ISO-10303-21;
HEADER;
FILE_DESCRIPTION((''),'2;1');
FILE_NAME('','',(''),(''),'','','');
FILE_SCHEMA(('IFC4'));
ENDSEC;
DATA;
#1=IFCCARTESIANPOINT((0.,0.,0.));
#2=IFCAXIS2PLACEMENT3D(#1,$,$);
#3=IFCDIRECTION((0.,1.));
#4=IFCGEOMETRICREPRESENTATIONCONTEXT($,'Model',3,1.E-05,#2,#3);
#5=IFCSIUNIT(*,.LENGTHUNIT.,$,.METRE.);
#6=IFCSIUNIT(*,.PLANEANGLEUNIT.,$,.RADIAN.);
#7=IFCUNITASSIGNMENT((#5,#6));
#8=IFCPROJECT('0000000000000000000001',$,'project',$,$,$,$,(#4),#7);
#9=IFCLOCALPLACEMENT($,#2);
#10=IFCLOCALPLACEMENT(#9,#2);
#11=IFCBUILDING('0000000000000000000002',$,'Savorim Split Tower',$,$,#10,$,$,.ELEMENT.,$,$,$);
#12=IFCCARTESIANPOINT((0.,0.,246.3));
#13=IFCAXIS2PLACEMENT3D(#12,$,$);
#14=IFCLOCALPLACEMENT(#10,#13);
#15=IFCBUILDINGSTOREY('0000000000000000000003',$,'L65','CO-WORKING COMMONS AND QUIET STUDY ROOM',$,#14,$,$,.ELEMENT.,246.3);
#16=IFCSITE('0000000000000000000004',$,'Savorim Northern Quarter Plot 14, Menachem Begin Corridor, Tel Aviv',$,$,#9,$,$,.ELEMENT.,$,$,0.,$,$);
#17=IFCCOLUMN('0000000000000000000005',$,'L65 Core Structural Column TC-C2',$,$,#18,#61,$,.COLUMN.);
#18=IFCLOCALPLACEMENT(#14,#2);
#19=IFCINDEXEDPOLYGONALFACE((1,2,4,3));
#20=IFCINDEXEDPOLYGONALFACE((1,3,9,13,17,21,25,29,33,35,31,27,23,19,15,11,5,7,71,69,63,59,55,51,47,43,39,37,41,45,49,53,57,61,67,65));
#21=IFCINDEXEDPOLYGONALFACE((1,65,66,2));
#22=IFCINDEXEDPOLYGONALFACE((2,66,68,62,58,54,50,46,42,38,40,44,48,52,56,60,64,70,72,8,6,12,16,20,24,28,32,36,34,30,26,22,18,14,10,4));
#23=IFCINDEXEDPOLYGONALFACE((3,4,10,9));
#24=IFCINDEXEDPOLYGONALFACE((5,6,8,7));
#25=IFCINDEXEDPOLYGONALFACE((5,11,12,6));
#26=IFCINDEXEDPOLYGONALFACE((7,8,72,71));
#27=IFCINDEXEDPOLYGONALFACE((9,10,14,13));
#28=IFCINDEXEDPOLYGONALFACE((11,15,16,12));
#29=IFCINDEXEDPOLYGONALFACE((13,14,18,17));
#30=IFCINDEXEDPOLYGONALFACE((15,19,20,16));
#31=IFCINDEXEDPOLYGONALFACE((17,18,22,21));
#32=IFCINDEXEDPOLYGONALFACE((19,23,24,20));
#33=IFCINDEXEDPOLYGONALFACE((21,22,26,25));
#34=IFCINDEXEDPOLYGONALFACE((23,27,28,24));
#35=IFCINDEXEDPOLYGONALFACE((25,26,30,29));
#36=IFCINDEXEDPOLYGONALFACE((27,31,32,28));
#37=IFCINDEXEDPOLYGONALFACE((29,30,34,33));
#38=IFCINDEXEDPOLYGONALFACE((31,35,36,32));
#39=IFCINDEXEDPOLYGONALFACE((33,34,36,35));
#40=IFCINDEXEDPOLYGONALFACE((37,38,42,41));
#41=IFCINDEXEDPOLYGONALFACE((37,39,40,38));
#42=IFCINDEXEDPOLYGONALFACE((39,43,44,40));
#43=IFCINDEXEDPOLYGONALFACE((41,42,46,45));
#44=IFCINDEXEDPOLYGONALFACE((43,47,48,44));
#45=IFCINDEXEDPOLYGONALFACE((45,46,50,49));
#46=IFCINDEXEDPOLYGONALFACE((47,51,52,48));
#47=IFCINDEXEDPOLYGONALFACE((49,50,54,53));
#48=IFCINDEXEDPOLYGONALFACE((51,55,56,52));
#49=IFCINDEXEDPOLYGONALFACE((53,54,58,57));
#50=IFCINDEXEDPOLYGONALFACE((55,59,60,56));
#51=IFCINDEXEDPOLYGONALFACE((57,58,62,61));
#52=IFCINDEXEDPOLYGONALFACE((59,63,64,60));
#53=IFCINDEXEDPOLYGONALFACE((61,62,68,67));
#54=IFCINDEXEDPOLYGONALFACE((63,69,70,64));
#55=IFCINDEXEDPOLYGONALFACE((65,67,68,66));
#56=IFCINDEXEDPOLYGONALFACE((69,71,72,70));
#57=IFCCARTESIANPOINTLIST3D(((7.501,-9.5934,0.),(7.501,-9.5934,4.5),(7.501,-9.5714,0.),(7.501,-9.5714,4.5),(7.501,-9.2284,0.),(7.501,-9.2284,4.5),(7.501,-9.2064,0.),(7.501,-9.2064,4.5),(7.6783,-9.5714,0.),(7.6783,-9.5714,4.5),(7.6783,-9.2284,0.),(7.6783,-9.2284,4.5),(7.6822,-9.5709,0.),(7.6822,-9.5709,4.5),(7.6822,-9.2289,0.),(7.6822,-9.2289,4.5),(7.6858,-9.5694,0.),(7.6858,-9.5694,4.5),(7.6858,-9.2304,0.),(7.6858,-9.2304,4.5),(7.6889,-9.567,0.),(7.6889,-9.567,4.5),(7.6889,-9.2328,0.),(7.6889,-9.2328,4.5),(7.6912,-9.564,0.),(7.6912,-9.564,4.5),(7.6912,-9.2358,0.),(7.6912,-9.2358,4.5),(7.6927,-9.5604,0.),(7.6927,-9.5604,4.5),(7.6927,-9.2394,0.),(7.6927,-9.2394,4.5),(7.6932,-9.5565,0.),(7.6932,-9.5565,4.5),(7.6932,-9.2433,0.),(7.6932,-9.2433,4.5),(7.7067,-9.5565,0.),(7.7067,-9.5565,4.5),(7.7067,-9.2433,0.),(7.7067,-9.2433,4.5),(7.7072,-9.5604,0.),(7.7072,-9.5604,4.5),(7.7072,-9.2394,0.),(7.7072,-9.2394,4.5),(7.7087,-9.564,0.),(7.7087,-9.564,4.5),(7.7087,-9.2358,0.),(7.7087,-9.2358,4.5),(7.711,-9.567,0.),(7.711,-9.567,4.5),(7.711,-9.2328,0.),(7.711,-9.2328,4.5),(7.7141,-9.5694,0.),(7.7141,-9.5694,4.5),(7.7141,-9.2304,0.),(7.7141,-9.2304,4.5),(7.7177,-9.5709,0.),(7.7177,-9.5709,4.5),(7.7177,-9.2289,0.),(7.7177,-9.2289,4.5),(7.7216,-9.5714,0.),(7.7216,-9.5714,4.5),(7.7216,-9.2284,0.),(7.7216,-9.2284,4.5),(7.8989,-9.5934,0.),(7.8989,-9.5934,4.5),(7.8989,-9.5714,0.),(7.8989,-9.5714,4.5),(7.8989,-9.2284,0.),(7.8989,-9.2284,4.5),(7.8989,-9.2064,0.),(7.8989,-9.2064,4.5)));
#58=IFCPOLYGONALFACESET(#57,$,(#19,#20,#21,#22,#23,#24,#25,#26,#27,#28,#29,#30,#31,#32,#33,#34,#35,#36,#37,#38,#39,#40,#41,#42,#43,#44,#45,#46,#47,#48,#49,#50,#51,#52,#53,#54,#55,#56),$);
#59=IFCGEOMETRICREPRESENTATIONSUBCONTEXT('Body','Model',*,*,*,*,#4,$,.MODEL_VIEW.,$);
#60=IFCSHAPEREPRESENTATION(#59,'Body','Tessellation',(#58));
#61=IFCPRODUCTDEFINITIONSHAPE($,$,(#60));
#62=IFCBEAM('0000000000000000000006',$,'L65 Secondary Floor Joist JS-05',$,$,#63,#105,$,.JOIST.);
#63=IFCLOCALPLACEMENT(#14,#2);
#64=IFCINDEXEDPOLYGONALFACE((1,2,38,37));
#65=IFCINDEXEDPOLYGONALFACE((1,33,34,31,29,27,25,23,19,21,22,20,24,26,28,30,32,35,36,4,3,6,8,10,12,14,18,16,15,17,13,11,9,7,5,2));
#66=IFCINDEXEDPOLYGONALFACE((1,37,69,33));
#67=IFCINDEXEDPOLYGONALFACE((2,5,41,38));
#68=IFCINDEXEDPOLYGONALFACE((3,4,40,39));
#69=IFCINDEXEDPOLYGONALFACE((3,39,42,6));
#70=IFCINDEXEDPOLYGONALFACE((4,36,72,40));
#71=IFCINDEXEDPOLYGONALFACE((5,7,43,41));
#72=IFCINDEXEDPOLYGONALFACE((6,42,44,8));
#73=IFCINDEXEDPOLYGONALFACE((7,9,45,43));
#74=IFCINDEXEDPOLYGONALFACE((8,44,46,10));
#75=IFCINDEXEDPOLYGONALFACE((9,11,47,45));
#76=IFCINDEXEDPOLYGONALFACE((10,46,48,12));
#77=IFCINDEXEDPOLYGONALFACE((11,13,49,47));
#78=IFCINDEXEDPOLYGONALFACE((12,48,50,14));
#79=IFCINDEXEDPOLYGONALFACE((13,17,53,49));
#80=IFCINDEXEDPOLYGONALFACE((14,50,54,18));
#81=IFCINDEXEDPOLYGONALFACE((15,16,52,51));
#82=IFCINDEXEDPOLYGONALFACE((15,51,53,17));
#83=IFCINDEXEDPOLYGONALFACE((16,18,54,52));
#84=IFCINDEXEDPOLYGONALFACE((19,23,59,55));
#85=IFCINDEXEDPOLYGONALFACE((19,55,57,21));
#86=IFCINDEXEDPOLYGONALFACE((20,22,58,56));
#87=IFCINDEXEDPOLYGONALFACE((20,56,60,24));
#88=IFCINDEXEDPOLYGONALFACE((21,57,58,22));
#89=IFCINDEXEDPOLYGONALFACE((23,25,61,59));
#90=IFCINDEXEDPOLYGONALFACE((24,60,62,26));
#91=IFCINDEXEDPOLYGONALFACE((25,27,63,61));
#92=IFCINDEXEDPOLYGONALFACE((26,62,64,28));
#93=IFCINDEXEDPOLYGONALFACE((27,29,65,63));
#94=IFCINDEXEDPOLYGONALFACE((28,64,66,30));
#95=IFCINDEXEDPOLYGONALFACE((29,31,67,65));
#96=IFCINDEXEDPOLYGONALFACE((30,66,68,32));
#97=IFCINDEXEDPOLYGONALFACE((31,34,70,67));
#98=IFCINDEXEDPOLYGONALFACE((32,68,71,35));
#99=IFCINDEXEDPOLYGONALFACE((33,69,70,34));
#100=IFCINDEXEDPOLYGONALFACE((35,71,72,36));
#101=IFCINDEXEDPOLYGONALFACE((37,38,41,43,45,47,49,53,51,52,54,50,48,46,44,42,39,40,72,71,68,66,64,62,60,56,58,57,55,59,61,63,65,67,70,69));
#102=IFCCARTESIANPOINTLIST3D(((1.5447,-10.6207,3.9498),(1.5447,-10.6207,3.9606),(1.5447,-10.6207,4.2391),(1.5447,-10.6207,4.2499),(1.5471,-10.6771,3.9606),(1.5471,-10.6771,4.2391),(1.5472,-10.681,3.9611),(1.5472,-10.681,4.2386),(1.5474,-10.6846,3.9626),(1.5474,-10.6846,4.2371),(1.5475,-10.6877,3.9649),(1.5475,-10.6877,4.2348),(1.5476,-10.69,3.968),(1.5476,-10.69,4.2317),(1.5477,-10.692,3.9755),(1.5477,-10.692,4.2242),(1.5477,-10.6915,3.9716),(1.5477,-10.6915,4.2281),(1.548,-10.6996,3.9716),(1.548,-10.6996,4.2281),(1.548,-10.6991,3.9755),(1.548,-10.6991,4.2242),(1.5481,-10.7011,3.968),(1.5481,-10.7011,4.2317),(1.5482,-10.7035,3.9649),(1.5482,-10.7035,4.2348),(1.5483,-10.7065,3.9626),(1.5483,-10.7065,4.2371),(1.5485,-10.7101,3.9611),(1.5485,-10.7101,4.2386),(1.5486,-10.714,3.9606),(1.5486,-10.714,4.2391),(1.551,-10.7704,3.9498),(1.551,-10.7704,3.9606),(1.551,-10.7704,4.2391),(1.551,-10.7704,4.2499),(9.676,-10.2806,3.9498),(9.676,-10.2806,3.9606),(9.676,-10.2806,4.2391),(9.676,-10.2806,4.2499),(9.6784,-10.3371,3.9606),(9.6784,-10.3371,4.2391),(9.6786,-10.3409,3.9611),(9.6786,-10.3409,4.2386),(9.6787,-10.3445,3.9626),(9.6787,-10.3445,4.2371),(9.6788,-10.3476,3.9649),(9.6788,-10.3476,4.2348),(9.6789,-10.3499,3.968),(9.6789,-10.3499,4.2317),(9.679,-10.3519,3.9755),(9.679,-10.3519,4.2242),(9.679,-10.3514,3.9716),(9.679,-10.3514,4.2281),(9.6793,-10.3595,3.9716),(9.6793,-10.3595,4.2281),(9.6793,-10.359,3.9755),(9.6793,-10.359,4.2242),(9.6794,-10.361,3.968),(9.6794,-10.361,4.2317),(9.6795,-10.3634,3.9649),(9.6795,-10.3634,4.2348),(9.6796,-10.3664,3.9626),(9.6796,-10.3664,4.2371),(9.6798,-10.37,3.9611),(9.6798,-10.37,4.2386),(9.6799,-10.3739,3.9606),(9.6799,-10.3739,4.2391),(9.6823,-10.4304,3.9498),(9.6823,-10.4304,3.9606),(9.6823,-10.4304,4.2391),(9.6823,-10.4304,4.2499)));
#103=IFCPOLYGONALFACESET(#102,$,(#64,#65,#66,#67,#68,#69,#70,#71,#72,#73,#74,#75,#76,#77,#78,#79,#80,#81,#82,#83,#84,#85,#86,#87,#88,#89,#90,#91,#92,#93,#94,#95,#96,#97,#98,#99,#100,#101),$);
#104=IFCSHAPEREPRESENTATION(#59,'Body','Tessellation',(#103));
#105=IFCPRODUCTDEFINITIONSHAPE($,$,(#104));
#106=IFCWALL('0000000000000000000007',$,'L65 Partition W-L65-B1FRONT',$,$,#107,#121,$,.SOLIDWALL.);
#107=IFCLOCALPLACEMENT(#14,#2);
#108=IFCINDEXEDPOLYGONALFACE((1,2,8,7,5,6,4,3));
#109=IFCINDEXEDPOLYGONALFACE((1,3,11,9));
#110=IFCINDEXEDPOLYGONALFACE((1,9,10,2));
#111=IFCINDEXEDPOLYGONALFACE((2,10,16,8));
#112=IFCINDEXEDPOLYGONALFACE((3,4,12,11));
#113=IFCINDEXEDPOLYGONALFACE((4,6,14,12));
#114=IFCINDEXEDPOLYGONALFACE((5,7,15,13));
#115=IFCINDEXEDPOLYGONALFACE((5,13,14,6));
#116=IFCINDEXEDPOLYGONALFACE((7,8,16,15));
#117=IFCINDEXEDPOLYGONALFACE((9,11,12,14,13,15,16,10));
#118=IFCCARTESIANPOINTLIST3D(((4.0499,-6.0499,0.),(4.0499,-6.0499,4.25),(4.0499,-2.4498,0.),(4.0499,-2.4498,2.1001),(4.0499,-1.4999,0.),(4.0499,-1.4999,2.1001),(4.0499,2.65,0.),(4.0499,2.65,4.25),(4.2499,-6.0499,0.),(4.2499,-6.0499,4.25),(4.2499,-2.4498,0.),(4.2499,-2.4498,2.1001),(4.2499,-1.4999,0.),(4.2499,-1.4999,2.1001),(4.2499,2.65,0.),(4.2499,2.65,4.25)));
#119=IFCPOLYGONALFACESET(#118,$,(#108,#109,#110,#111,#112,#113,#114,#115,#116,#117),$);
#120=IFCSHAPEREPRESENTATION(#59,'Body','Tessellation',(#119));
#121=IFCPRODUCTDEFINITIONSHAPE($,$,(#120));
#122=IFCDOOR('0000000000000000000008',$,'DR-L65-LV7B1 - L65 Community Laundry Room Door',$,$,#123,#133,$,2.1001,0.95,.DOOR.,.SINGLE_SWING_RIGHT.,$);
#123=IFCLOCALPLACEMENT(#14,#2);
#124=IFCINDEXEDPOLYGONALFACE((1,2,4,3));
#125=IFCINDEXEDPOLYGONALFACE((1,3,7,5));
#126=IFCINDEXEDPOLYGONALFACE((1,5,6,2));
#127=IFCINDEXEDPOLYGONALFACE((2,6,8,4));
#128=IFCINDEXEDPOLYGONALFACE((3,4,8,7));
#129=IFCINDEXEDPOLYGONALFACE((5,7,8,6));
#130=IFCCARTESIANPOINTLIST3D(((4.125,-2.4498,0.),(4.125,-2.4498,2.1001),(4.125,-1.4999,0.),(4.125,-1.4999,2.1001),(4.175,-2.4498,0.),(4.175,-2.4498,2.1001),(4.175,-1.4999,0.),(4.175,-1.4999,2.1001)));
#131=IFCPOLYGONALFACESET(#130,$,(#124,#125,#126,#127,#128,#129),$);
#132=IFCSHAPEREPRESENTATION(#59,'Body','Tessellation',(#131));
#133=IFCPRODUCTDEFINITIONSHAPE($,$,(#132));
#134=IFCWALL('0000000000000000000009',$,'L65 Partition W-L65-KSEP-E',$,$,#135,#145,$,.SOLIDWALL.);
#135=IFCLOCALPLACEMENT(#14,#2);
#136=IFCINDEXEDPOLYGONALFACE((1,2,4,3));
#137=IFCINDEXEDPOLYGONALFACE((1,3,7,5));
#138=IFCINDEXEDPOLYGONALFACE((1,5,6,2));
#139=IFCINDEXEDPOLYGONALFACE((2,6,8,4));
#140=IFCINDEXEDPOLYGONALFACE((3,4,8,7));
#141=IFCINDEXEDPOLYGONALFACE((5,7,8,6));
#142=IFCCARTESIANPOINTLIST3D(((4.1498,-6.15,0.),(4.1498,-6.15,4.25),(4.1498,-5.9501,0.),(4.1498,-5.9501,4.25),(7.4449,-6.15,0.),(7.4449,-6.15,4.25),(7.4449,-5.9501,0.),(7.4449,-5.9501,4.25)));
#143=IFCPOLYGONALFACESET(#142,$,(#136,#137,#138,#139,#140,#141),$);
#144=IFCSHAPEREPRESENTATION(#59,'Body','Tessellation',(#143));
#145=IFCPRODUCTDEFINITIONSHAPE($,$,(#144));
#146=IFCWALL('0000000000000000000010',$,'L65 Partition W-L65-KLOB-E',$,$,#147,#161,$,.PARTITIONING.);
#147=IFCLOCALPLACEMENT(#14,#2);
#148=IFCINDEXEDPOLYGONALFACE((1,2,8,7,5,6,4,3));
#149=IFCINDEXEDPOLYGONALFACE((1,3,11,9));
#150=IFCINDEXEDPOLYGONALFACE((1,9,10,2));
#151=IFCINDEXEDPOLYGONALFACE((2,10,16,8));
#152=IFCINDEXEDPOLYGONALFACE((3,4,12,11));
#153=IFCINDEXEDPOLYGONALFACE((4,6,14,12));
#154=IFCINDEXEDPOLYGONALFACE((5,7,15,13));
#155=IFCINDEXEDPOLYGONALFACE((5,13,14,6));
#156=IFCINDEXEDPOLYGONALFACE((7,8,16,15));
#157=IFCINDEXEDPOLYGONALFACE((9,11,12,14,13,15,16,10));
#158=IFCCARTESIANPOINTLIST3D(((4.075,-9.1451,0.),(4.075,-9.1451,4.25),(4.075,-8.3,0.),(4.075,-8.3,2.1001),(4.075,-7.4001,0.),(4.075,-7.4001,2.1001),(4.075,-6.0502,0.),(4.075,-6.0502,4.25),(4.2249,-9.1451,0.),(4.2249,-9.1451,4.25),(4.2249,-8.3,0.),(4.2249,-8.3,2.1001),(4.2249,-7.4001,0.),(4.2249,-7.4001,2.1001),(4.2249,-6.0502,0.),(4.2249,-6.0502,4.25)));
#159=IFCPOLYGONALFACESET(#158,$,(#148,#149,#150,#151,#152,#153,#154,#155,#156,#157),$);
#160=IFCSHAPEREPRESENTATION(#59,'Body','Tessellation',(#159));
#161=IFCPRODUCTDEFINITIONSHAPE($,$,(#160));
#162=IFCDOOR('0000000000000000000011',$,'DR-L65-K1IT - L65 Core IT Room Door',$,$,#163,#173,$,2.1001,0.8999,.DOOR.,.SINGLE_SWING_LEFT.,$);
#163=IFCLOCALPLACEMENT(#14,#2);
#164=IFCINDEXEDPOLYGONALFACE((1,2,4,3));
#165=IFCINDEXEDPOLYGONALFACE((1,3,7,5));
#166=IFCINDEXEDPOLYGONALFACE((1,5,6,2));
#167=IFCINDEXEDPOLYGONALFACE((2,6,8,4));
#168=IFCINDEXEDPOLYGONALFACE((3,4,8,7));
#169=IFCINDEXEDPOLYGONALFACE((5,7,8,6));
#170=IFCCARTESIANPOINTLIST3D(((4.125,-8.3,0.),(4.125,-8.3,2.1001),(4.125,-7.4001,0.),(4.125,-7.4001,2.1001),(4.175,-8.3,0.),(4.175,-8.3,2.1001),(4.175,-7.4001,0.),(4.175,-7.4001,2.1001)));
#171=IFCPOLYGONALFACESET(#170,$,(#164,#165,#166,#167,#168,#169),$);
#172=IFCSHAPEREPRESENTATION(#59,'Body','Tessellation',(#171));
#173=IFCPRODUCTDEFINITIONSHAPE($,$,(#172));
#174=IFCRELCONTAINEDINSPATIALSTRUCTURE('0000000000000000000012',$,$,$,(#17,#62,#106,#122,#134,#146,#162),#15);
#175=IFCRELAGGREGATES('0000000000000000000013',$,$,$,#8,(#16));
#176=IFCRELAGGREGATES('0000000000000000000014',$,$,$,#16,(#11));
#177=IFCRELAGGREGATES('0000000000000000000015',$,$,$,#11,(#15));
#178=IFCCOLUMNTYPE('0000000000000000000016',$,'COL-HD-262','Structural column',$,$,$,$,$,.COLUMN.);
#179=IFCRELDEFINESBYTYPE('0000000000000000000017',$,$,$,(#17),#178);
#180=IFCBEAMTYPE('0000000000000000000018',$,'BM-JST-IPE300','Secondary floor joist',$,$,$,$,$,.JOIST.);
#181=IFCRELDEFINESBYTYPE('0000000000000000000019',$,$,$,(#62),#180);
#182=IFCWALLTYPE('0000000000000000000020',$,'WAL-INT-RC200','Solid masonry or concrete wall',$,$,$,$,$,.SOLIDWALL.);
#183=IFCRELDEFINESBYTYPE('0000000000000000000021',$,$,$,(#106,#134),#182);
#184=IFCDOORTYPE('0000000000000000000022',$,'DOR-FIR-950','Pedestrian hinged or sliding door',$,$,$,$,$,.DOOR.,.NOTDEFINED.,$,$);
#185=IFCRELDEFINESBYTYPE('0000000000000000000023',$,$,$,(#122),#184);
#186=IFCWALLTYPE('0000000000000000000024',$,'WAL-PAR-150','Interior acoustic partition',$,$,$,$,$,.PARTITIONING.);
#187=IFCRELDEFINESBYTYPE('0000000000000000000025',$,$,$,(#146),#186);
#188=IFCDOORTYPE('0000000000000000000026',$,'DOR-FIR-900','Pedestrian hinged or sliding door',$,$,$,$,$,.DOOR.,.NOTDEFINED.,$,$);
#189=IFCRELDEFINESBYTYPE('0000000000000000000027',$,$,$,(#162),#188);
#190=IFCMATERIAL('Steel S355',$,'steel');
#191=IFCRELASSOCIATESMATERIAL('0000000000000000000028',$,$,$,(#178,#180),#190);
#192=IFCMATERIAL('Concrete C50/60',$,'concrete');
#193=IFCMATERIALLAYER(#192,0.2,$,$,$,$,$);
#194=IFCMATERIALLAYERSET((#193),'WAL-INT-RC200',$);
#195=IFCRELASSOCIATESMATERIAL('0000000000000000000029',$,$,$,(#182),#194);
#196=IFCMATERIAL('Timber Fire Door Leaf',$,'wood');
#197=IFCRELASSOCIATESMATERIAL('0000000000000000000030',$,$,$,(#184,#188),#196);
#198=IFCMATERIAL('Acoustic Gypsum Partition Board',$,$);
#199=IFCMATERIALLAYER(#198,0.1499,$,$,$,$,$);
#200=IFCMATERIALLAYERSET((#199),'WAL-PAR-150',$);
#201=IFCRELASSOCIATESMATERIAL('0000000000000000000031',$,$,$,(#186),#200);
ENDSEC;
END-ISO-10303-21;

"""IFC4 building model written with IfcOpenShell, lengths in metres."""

from ifc_helpers import new_model, si_unit, direction, frame, frame_2d, origin, origin_2d, place, context, subcontext, project, spatial, rectangle, i_section, extrude, material, layer, layer_set, material_profile, profile_set, type_object, element, fill, save


model = new_model("IFC4")

# Units and contexts
model_context = context("Model", 3, precision=1e-05, world=origin(), true_north=direction((0.0, 1.0)))
body_context = subcontext(model_context, "Body", "Model", "MODEL_VIEW")
ifc_project = project(units=[si_unit("LENGTHUNIT", "METRE"), si_unit("PLANEANGLEUNIT", "RADIAN")], contexts=[model_context])

# Site, building, storey
site_placement = place(None, origin())
site = spatial("IfcSite", under=ifc_project, at=site_placement, Name="Savorim Northern Quarter Plot 14, Menachem Begin Corridor, Tel Aviv", CompositionType="ELEMENT", RefElevation=0.0)
building_placement = place(site_placement, origin())
building = spatial("IfcBuilding", under=site, at=building_placement, Name="Savorim Split Tower", CompositionType="ELEMENT")
storey_placement = place(building_placement, frame((0.0, 0.0, 246.3)))
storey = spatial("IfcBuildingStorey", under=building, at=storey_placement, Name="L65", Description="CO-WORKING COMMONS AND QUIET STUDY ROOM", CompositionType="ELEMENT", Elevation=246.3)

# Column
ifc_material_1 = material(Name="Steel S355", Category="steel")
ifc_material_profile_1 = material_profile(ifc_material_1, i_section(OverallWidth=0.3979, OverallDepth=0.387, WebThickness=0.0134, FlangeThickness=0.022, FilletRadius=0.0149, at=origin_2d()), Name="HD 400x262")
ifc_profile_set_1 = profile_set([ifc_material_profile_1], Name="Steel S355")
column_type = type_object("IfcColumnType", Name="COL-HD-262", Description="Structural column", PredefinedType="COLUMN", material=ifc_profile_set_1)
column_placement = place(storey_placement, frame((7.7, -9.3999, 0.0), z_axis=(0.0, 0.0, 1.0), x_axis=(1.0, 0.0, 0.0)))
element("IfcColumn", 1, at=column_placement, inside=storey, type_object=column_type, Name="L65 Core Structural Column TC-C2", PredefinedType="COLUMN", context=body_context, shape_type="SweptSolid", body=[
    extrude(i_section(OverallWidth=0.3979, OverallDepth=0.387, WebThickness=0.0134, FlangeThickness=0.022, FilletRadius=0.0149, at=origin_2d()), origin(), (0.0, 0.0, 1.0), 4.5),
])

# Beam
ifc_material_profile_2 = material_profile(ifc_material_1, i_section(OverallWidth=0.1499, OverallDepth=0.3, WebThickness=0.0071, FlangeThickness=0.0107, FilletRadius=0.0149, at=origin_2d()), Name="IPE 300")
ifc_profile_set_2 = profile_set([ifc_material_profile_2], Name="Steel S355")
beam_type = type_object("IfcBeamType", Name="BM-JST-IPE300", Description="Secondary floor joist", PredefinedType="JOIST", material=ifc_profile_set_2)
beam_placement = place(storey_placement, frame((1.5479, -10.6956, 4.0999), z_axis=(0.999127, 0.041788, 0.0), x_axis=(-0.041788, 0.999127, 0.0)))
element("IfcBeam", 2, at=beam_placement, inside=storey, type_object=beam_type, Name="L65 Secondary Floor Joist JS-05", PredefinedType="JOIST", context=body_context, shape_type="SweptSolid", body=[
    extrude(i_section(OverallWidth=0.1499, OverallDepth=0.3, WebThickness=0.0071, FlangeThickness=0.0107, FilletRadius=0.0149, at=origin_2d()), origin(), (0.0, 0.0, 1.0), 8.1384),
])

# Wall, opening, door
ifc_material_2 = material(Name="Concrete C50/60", Category="concrete")
ifc_layer_1 = layer(ifc_material_2, 0.2)
ifc_layer_set_1 = layer_set([ifc_layer_1], Name="WAL-INT-RC200")
wall_type_1 = type_object("IfcWallType", Name="WAL-INT-RC200", Description="Solid masonry or concrete wall", PredefinedType="SOLIDWALL", material=ifc_layer_set_1)
wall_1_placement = place(storey_placement, frame((4.1499, -6.05, 0.0), z_axis=(0.0, 0.0, 1.0), x_axis=(0.0, 1.0, 0.0)))
wall_1 = element("IfcWall", 3, at=wall_1_placement, inside=storey, type_object=wall_type_1, Name="L65 Partition W-L65-B1FRONT", PredefinedType="SOLIDWALL", context=body_context, shape_type="SweptSolid", body=[
    extrude(rectangle(XDim=8.7, YDim=0.2, at=frame_2d((4.3501, 0.0))), origin(), (0.0, 0.0, 1.0), 4.25),
])
opening_1_placement = place(wall_1_placement, frame((3.6001, 0.0, 0.0)))
opening_1 = element("IfcOpeningElement", 4, at=opening_1_placement, cuts=wall_1, PredefinedType="OPENING", context=body_context, shape_type="SweptSolid", body=[
    extrude(rectangle(XDim=0.95, YDim=2.1001, at=frame_2d((0.4751, 1.05))), frame((0.0, 0.1099, 0.0), z_axis=(0.0, -1.0, 0.0), x_axis=(1.0, 0.0, 0.0)), (0.0, 0.0, 1.0), 0.22),
])
ifc_material_3 = material(Name="Timber Fire Door Leaf", Category="wood")
door_type_1 = type_object("IfcDoorType", Name="DOR-FIR-950", Description="Pedestrian hinged or sliding door", OperationType="NOTDEFINED", PredefinedType="DOOR", material=ifc_material_3)
door_1_placement = place(opening_1_placement, origin())
door_1 = element("IfcDoor", 5, at=door_1_placement, inside=storey, type_object=door_type_1, Name="DR-L65-LV7B1 - L65 Community Laundry Room Door", OperationType="SINGLE_SWING_RIGHT", OverallHeight=2.1001, OverallWidth=0.95, PredefinedType="DOOR", context=body_context, shape_type="SweptSolid", body=[
    extrude(rectangle(XDim=0.95, YDim=2.1001, at=frame_2d((0.4751, 1.05))), frame((0.0, 0.0249, 0.0), z_axis=(0.0, -1.0, 0.0), x_axis=(1.0, 0.0, 0.0)), (0.0, 0.0, 1.0), 0.05),
])
fill(opening_1, door_1)

# Wall
wall_2_placement = place(storey_placement, frame((4.1499, -6.05, 0.0), z_axis=(0.0, 0.0, 1.0), x_axis=(1.0, 0.0, 0.0)))
element("IfcWall", 6, at=wall_2_placement, inside=storey, type_object=wall_type_1, Name="L65 Partition W-L65-KSEP-E", PredefinedType="SOLIDWALL", context=body_context, shape_type="SweptSolid", body=[
    extrude(rectangle(XDim=3.2952, YDim=0.2, at=frame_2d((1.6475, 0.0))), origin(), (0.0, 0.0, 1.0), 4.25),
])

# Wall, opening, door
ifc_material_4 = material(Name="Acoustic Gypsum Partition Board")
ifc_layer_2 = layer(ifc_material_4, 0.1499)
ifc_layer_set_2 = layer_set([ifc_layer_2], Name="WAL-PAR-150")
wall_type_2 = type_object("IfcWallType", Name="WAL-PAR-150", Description="Interior acoustic partition", PredefinedType="PARTITIONING", material=ifc_layer_set_2)
wall_3_placement = place(storey_placement, frame((4.1499, -9.145, 0.0), z_axis=(0.0, 0.0, 1.0), x_axis=(0.0, 1.0, 0.0)))
wall_3 = element("IfcWall", 7, at=wall_3_placement, inside=storey, type_object=wall_type_2, Name="L65 Partition W-L65-KLOB-E", PredefinedType="PARTITIONING", context=body_context, shape_type="SweptSolid", body=[
    extrude(rectangle(XDim=3.095, YDim=0.1499, at=frame_2d((1.5474, 0.0))), origin(), (0.0, 0.0, 1.0), 4.25),
])
opening_2_placement = place(wall_3_placement, frame((0.845, 0.0, 0.0)))
opening_2 = element("IfcOpeningElement", 8, at=opening_2_placement, cuts=wall_3, PredefinedType="OPENING", context=body_context, shape_type="SweptSolid", body=[
    extrude(rectangle(XDim=0.8999, YDim=2.1001, at=frame_2d((0.45, 1.05))), frame((0.0, 0.085, 0.0), z_axis=(0.0, -1.0, 0.0), x_axis=(1.0, 0.0, 0.0)), (0.0, 0.0, 1.0), 0.1699),
])
door_type_2 = type_object("IfcDoorType", Name="DOR-FIR-900", Description="Pedestrian hinged or sliding door", OperationType="NOTDEFINED", PredefinedType="DOOR", material=ifc_material_3)
door_2_placement = place(opening_2_placement, origin())
door_2 = element("IfcDoor", 9, at=door_2_placement, inside=storey, type_object=door_type_2, Name="DR-L65-K1IT - L65 Core IT Room Door", OperationType="SINGLE_SWING_LEFT", OverallHeight=2.1001, OverallWidth=0.8999, PredefinedType="DOOR", context=body_context, shape_type="SweptSolid", body=[
    extrude(rectangle(XDim=0.8999, YDim=2.1001, at=frame_2d((0.45, 1.05))), frame((0.0, 0.0249, 0.0), z_axis=(0.0, -1.0, 0.0), x_axis=(1.0, 0.0, 0.0)), (0.0, 0.0, 1.0), 0.05),
])
fill(opening_2, door_2)

save(model, "model.ifc")
